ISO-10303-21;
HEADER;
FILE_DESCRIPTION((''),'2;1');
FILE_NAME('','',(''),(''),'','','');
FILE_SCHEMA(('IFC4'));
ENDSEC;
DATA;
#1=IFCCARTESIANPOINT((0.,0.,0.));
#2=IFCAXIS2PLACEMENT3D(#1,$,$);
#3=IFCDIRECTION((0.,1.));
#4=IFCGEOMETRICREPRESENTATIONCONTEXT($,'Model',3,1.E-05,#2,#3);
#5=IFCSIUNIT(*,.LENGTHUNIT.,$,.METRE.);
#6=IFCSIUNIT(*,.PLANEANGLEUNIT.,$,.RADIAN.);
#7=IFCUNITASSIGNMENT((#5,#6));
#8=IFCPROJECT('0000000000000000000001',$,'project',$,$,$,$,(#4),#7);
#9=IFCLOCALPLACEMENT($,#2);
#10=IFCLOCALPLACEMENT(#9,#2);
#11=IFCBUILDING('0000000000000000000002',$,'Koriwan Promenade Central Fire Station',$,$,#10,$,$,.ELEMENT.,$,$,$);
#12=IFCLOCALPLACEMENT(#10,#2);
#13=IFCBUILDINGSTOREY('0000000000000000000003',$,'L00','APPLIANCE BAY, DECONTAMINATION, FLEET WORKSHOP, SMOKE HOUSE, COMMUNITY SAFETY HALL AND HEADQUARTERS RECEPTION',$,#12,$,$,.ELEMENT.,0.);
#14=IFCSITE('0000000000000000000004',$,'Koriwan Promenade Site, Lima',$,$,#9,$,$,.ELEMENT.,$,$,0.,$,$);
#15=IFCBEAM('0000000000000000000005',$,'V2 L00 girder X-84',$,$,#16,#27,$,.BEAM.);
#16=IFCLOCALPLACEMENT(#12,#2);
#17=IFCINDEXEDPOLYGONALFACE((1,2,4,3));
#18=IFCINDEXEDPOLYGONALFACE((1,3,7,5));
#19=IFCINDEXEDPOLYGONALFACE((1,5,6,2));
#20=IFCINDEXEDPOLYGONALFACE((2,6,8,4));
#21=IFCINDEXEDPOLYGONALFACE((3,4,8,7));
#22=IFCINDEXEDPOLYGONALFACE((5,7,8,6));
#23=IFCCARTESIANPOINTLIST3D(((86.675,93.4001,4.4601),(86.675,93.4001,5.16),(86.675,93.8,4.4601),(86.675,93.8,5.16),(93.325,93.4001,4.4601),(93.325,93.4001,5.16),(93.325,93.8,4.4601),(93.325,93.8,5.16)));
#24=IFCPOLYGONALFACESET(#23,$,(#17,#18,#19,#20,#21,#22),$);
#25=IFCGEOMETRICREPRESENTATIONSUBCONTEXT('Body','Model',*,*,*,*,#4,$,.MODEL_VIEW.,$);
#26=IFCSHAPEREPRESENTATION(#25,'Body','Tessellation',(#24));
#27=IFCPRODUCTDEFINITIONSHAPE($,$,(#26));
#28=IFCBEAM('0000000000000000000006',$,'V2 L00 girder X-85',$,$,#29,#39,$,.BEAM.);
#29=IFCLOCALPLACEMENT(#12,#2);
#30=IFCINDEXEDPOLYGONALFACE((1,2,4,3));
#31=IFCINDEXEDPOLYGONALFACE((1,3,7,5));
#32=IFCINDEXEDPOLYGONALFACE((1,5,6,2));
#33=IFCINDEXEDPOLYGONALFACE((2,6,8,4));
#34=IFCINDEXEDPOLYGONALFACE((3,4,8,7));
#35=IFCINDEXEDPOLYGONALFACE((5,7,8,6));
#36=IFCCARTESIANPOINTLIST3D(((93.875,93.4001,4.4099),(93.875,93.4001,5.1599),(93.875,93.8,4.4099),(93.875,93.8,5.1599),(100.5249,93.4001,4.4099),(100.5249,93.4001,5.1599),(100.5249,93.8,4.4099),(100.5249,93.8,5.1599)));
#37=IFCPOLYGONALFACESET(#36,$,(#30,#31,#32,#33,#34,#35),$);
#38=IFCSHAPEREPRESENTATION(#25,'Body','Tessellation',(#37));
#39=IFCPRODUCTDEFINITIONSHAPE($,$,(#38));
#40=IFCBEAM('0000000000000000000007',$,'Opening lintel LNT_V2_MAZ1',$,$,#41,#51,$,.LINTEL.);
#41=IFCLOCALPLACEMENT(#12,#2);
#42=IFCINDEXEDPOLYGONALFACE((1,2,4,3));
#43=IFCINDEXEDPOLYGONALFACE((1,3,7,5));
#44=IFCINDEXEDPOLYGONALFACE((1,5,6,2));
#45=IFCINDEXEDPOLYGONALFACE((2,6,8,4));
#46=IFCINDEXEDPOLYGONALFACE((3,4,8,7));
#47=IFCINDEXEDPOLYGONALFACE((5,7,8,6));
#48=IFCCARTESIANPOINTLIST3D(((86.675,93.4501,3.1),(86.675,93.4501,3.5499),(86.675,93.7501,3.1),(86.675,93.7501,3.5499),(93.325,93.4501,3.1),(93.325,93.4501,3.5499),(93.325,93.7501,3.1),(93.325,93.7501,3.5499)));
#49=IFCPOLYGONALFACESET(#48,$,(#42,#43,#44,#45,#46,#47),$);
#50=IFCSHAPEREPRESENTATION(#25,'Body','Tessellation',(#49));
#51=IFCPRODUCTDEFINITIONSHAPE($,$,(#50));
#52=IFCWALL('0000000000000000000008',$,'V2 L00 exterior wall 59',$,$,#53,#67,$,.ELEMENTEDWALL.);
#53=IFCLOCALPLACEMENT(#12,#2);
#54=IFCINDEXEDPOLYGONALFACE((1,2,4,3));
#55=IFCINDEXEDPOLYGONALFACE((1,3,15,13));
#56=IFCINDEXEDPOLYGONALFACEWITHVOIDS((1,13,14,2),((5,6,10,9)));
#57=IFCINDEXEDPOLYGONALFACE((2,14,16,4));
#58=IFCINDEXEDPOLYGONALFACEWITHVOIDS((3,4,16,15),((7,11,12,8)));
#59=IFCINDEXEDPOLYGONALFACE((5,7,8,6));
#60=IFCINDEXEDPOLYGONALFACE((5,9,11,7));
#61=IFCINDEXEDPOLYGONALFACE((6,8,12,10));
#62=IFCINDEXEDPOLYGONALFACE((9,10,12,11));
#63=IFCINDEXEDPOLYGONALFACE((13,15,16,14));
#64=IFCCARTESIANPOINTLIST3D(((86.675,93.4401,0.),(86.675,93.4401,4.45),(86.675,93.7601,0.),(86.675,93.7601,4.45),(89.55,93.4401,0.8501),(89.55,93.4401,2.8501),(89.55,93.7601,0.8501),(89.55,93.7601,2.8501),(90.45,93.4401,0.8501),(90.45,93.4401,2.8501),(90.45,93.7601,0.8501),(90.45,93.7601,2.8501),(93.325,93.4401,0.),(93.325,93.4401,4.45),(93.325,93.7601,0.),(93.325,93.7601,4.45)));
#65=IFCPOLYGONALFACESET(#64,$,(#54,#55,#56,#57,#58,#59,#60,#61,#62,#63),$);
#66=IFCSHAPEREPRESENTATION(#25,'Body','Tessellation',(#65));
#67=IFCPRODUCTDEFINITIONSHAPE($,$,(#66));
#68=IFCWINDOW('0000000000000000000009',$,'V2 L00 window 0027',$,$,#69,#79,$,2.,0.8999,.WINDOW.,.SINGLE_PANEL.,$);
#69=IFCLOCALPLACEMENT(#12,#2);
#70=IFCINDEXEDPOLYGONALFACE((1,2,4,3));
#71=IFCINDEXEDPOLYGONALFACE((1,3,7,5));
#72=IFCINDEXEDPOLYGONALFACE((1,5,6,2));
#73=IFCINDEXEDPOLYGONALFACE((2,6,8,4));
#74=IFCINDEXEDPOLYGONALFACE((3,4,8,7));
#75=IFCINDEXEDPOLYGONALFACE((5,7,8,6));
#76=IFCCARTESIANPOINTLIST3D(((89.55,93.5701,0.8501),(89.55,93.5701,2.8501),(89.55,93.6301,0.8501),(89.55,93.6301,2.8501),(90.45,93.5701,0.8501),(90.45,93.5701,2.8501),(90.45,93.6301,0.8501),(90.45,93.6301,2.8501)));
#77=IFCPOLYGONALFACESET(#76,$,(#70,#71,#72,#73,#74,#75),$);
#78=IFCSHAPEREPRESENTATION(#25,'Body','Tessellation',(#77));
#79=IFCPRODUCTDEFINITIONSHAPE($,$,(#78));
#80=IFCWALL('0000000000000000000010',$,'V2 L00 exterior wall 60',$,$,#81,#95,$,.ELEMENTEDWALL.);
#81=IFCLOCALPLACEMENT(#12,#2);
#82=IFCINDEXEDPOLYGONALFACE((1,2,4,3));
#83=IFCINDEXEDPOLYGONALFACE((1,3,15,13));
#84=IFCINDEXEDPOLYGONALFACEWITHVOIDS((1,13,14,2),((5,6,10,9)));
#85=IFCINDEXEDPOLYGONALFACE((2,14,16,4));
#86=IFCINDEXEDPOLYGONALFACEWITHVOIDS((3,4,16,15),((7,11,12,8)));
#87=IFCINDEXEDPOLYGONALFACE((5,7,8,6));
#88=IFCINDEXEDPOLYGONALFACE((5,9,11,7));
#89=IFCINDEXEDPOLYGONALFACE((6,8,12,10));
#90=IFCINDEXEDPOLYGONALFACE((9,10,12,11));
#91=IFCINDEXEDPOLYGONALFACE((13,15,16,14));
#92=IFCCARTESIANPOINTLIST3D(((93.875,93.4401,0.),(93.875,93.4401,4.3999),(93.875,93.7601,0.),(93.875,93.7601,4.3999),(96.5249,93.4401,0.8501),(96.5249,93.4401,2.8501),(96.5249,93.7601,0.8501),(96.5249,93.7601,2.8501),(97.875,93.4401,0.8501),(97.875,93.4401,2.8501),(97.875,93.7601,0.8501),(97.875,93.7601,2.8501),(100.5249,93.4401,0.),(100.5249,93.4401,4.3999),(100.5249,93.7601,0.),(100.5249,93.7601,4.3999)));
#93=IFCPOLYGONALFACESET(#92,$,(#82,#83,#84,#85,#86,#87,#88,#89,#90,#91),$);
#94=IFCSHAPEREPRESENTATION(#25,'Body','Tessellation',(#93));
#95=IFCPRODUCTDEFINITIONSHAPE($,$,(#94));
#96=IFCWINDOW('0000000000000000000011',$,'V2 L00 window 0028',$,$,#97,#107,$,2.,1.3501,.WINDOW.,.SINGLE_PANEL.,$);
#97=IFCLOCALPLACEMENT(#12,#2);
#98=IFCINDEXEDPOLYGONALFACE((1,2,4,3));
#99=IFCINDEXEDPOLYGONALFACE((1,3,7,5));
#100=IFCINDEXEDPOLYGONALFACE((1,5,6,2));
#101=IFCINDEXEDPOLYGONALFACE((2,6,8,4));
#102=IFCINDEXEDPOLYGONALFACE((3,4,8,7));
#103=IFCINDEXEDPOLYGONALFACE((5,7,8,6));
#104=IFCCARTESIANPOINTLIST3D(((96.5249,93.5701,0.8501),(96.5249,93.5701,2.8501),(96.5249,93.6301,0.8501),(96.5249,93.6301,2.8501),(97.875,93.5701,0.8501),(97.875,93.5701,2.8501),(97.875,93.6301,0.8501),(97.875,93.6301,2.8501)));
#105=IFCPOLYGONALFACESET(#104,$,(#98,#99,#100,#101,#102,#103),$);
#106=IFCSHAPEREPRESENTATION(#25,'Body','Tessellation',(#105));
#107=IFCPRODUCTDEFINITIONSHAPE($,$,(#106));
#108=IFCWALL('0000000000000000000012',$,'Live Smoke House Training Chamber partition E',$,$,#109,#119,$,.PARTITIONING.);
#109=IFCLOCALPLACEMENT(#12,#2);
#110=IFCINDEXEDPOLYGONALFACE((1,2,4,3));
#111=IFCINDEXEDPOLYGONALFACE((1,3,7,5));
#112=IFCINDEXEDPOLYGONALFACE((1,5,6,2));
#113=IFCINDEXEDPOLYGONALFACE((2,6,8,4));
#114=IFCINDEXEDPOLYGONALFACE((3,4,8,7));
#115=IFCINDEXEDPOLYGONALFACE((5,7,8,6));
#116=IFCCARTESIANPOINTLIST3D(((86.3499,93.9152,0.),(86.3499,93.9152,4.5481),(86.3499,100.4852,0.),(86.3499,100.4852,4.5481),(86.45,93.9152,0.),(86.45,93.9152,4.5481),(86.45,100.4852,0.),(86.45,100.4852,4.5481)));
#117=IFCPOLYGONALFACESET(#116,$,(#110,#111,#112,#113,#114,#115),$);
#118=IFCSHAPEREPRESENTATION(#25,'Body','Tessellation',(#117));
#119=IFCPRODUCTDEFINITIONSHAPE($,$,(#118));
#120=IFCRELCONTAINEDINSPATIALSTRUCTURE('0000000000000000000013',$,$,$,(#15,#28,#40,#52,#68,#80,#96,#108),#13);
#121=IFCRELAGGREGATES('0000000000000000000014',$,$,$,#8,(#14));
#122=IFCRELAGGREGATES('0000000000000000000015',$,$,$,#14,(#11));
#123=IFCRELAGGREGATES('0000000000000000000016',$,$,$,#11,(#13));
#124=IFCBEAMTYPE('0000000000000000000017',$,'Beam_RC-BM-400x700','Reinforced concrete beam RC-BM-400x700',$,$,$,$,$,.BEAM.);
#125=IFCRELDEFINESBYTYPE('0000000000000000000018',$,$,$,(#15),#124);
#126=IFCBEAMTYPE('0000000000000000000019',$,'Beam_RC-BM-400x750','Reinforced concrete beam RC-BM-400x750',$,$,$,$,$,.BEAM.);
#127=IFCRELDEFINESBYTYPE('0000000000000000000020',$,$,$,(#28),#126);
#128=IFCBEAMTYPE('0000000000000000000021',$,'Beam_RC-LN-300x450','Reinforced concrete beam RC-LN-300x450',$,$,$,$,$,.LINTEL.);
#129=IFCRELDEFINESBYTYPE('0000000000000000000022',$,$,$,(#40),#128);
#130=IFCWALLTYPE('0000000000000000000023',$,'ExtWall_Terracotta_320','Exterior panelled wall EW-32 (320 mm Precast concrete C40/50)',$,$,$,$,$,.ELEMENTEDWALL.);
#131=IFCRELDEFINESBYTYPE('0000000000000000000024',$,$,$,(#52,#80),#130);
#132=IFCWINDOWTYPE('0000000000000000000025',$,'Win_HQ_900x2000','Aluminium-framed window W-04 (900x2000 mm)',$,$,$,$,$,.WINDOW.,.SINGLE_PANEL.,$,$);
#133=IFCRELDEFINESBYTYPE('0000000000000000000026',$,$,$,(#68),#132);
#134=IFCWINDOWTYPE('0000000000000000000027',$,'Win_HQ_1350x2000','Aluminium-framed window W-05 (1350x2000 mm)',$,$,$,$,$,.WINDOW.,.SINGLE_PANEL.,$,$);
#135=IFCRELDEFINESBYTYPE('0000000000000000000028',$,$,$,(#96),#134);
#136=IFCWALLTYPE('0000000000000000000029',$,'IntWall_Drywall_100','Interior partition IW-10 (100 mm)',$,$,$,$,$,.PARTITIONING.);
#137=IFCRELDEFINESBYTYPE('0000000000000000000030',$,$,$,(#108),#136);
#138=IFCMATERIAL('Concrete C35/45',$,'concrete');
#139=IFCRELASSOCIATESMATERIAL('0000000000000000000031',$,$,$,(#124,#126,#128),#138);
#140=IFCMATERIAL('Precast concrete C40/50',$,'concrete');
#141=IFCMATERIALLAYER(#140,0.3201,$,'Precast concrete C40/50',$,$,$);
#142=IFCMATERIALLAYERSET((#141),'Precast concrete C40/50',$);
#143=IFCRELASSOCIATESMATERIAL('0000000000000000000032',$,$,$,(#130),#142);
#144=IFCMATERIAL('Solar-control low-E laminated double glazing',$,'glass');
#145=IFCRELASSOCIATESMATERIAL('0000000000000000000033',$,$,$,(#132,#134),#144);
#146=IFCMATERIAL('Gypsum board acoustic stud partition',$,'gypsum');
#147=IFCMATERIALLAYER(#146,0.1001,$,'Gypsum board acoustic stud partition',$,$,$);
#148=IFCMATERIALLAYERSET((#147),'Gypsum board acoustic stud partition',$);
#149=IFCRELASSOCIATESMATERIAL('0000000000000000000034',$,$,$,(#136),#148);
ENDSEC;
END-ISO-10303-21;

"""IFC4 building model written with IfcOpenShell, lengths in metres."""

from ifc_helpers import new_model, si_unit, direction, frame, frame_2d, origin, origin_2d, place, context, subcontext, project, spatial, rectangle, extrude, material, layer, layer_set, material_profile, profile_set, type_object, element, fill, save


model = new_model("IFC4")

# Units and contexts
model_context = context("Model", 3, precision=1e-05, world=origin(), true_north=direction((0.0, 1.0)))
body_context = subcontext(model_context, "Body", "Model", "MODEL_VIEW")
ifc_project = project(units=[si_unit("LENGTHUNIT", "METRE"), si_unit("PLANEANGLEUNIT", "RADIAN")], contexts=[model_context])

# Site, building, storey
site_placement = place(None, origin())
site = spatial("IfcSite", under=ifc_project, at=site_placement, Name="Koriwan Promenade Site, Lima", CompositionType="ELEMENT", RefElevation=0.0)
building_placement = place(site_placement, origin())
building = spatial("IfcBuilding", under=site, at=building_placement, Name="Koriwan Promenade Central Fire Station", CompositionType="ELEMENT")
storey_placement = place(building_placement, origin())
storey = spatial("IfcBuildingStorey", under=building, at=storey_placement, Name="L00", Description="APPLIANCE BAY, DECONTAMINATION, FLEET WORKSHOP, SMOKE HOUSE, COMMUNITY SAFETY HALL AND HEADQUARTERS RECEPTION", CompositionType="ELEMENT", Elevation=0.0)

# Shared definitions
ifc_material_1 = material(Name="Concrete C35/45", Category="concrete")

# Beams
ifc_material_profile_1 = material_profile(ifc_material_1, rectangle(XDim=0.3999, YDim=0.7, at=origin_2d()), Name="RC-BM-400x700")
ifc_profile_set_1 = profile_set([ifc_material_profile_1], Name="Concrete C35/45")
beam_type_1 = type_object("IfcBeamType", Name="Beam_RC-BM-400x700", Description="Reinforced concrete beam RC-BM-400x700", PredefinedType="BEAM", material=ifc_profile_set_1)
beam_1_placement = place(storey_placement, frame((86.675, 93.6001, 4.8101), z_axis=(1.0, 0.0, 0.0), x_axis=(0.0, 1.0, 0.0)))
element("IfcBeam", 1, at=beam_1_placement, inside=storey, type_object=beam_type_1, Name="V2 L00 girder X-84", PredefinedType="BEAM", context=body_context, shape_type="SweptSolid", body=[
    extrude(rectangle(XDim=0.3999, YDim=0.7, at=origin_2d()), origin(), (0.0, 0.0, 1.0), 6.6499),
])
ifc_material_profile_2 = material_profile(ifc_material_1, rectangle(XDim=0.3999, YDim=0.75, at=origin_2d()), Name="RC-BM-400x750")
ifc_profile_set_2 = profile_set([ifc_material_profile_2], Name="Concrete C35/45")
beam_type_2 = type_object("IfcBeamType", Name="Beam_RC-BM-400x750", Description="Reinforced concrete beam RC-BM-400x750", PredefinedType="BEAM", material=ifc_profile_set_2)
beam_2_placement = place(storey_placement, frame((93.875, 93.6001, 4.7849), z_axis=(1.0, 0.0, 0.0), x_axis=(0.0, 1.0, 0.0)))
element("IfcBeam", 2, at=beam_2_placement, inside=storey, type_object=beam_type_2, Name="V2 L00 girder X-85", PredefinedType="BEAM", context=body_context, shape_type="SweptSolid", body=[
    extrude(rectangle(XDim=0.3999, YDim=0.75, at=origin_2d()), origin(), (0.0, 0.0, 1.0), 6.6499),
])
ifc_material_profile_3 = material_profile(ifc_material_1, rectangle(XDim=0.3, YDim=0.45, at=origin_2d()), Name="RC-LN-300x450")
ifc_profile_set_3 = profile_set([ifc_material_profile_3], Name="Concrete C35/45")
beam_type_3 = type_object("IfcBeamType", Name="Beam_RC-LN-300x450", Description="Reinforced concrete beam RC-LN-300x450", PredefinedType="LINTEL", material=ifc_profile_set_3)
beam_3_placement = place(storey_placement, frame((86.675, 93.6001, 3.325), z_axis=(1.0, 0.0, 0.0), x_axis=(0.0, 1.0, 0.0)))
element("IfcBeam", 3, at=beam_3_placement, inside=storey, type_object=beam_type_3, Name="Opening lintel LNT_V2_MAZ1", PredefinedType="LINTEL", context=body_context, shape_type="SweptSolid", body=[
    extrude(rectangle(XDim=0.3, YDim=0.45, at=origin_2d()), origin(), (0.0, 0.0, 1.0), 6.6499),
])

# Walls, openings, windows
ifc_material_2 = material(Name="Precast concrete C40/50", Category="concrete")
ifc_layer_1 = layer(ifc_material_2, 0.3201, Name="Precast concrete C40/50")
ifc_layer_set_1 = layer_set([ifc_layer_1], Name="Precast concrete C40/50")
wall_type_1 = type_object("IfcWallType", Name="ExtWall_Terracotta_320", Description="Exterior panelled wall EW-32 (320 mm Precast concrete C40/50)", PredefinedType="ELEMENTEDWALL", material=ifc_layer_set_1)
wall_1_placement = place(storey_placement, frame((86.675, 93.6001, 0.0), z_axis=(0.0, 0.0, 1.0), x_axis=(1.0, 0.0, 0.0)))
wall_1 = element("IfcWall", 4, at=wall_1_placement, inside=storey, type_object=wall_type_1, Name="V2 L00 exterior wall 59", PredefinedType="ELEMENTEDWALL", context=body_context, shape_type="SweptSolid", body=[
    extrude(rectangle(XDim=6.6499, YDim=0.3201, at=frame_2d((3.325, 0.0))), origin(), (0.0, 0.0, 1.0), 4.45),
])
opening_1_placement = place(wall_1_placement, frame((2.875, 0.0, 0.8501)))
opening_1 = element("IfcOpeningElement", 5, at=opening_1_placement, cuts=wall_1, PredefinedType="OPENING", context=body_context, shape_type="SweptSolid", body=[
    extrude(rectangle(XDim=0.8999, YDim=2.0, at=frame_2d((0.45, 1.0))), frame((0.0, 0.1719, 0.0), z_axis=(0.0, -1.0, 0.0), x_axis=(1.0, 0.0, 0.0)), (0.0, 0.0, 1.0), 0.344),
])
ifc_material_3 = material(Name="Solar-control low-E laminated double glazing", Category="glass")
window_type_1 = type_object("IfcWindowType", Name="Win_HQ_900x2000", Description="Aluminium-framed window W-04 (900x2000 mm)", PartitioningType="SINGLE_PANEL", PredefinedType="WINDOW", material=ifc_material_3)
window_1_placement = place(opening_1_placement, origin())
window_1 = element("IfcWindow", 6, at=window_1_placement, inside=storey, type_object=window_type_1, Name="V2 L00 window 0027", OverallHeight=2.0, OverallWidth=0.8999, PartitioningType="SINGLE_PANEL", PredefinedType="WINDOW", context=body_context, shape_type="SweptSolid", body=[
    extrude(rectangle(XDim=0.8999, YDim=2.0, at=frame_2d((0.45, 1.0))), frame((0.0, 0.03, 0.0), z_axis=(0.0, -1.0, 0.0), x_axis=(1.0, 0.0, 0.0)), (0.0, 0.0, 1.0), 0.0601),
])
fill(opening_1, window_1)
wall_2_placement = place(storey_placement, frame((93.875, 93.6001, 0.0), z_axis=(0.0, 0.0, 1.0), x_axis=(1.0, 0.0, 0.0)))
wall_2 = element("IfcWall", 7, at=wall_2_placement, inside=storey, type_object=wall_type_1, Name="V2 L00 exterior wall 60", PredefinedType="ELEMENTEDWALL", context=body_context, shape_type="SweptSolid", body=[
    extrude(rectangle(XDim=6.6499, YDim=0.3201, at=frame_2d((3.325, 0.0))), origin(), (0.0, 0.0, 1.0), 4.3999),
])
opening_2_placement = place(wall_2_placement, frame((2.6499, 0.0, 0.8501)))
opening_2 = element("IfcOpeningElement", 8, at=opening_2_placement, cuts=wall_2, PredefinedType="OPENING", context=body_context, shape_type="SweptSolid", body=[
    extrude(rectangle(XDim=1.3501, YDim=2.0, at=frame_2d((0.675, 1.0))), frame((0.0, 0.1719, 0.0), z_axis=(0.0, -1.0, 0.0), x_axis=(1.0, 0.0, 0.0)), (0.0, 0.0, 1.0), 0.344),
])
window_type_2 = type_object("IfcWindowType", Name="Win_HQ_1350x2000", Description="Aluminium-framed window W-05 (1350x2000 mm)", PartitioningType="SINGLE_PANEL", PredefinedType="WINDOW", material=ifc_material_3)
window_2_placement = place(opening_2_placement, origin())
window_2 = element("IfcWindow", 9, at=window_2_placement, inside=storey, type_object=window_type_2, Name="V2 L00 window 0028", OverallHeight=2.0, OverallWidth=1.3501, PartitioningType="SINGLE_PANEL", PredefinedType="WINDOW", context=body_context, shape_type="SweptSolid", body=[
    extrude(rectangle(XDim=1.3501, YDim=2.0, at=frame_2d((0.675, 1.0))), frame((0.0, 0.03, 0.0), z_axis=(0.0, -1.0, 0.0), x_axis=(1.0, 0.0, 0.0)), (0.0, 0.0, 1.0), 0.0601),
])
fill(opening_2, window_2)

# Wall
ifc_material_4 = material(Name="Gypsum board acoustic stud partition", Category="gypsum")
ifc_layer_2 = layer(ifc_material_4, 0.1001, Name="Gypsum board acoustic stud partition")
ifc_layer_set_2 = layer_set([ifc_layer_2], Name="Gypsum board acoustic stud partition")
wall_type_2 = type_object("IfcWallType", Name="IntWall_Drywall_100", Description="Interior partition IW-10 (100 mm)", PredefinedType="PARTITIONING", material=ifc_layer_set_2)
wall_3_placement = place(storey_placement, frame((86.3999, 93.915, 0.0), z_axis=(0.0, 0.0, 1.0), x_axis=(0.0, 1.0, 0.0)))
element("IfcWall", 10, at=wall_3_placement, inside=storey, type_object=wall_type_2, Name="Live Smoke House Training Chamber partition E", PredefinedType="PARTITIONING", context=body_context, shape_type="SweptSolid", body=[
    extrude(rectangle(XDim=6.5701, YDim=0.1001, at=frame_2d((3.2852, 0.0))), origin(), (0.0, 0.0, 1.0), 4.5481),
])

save(model, "model.ifc")
